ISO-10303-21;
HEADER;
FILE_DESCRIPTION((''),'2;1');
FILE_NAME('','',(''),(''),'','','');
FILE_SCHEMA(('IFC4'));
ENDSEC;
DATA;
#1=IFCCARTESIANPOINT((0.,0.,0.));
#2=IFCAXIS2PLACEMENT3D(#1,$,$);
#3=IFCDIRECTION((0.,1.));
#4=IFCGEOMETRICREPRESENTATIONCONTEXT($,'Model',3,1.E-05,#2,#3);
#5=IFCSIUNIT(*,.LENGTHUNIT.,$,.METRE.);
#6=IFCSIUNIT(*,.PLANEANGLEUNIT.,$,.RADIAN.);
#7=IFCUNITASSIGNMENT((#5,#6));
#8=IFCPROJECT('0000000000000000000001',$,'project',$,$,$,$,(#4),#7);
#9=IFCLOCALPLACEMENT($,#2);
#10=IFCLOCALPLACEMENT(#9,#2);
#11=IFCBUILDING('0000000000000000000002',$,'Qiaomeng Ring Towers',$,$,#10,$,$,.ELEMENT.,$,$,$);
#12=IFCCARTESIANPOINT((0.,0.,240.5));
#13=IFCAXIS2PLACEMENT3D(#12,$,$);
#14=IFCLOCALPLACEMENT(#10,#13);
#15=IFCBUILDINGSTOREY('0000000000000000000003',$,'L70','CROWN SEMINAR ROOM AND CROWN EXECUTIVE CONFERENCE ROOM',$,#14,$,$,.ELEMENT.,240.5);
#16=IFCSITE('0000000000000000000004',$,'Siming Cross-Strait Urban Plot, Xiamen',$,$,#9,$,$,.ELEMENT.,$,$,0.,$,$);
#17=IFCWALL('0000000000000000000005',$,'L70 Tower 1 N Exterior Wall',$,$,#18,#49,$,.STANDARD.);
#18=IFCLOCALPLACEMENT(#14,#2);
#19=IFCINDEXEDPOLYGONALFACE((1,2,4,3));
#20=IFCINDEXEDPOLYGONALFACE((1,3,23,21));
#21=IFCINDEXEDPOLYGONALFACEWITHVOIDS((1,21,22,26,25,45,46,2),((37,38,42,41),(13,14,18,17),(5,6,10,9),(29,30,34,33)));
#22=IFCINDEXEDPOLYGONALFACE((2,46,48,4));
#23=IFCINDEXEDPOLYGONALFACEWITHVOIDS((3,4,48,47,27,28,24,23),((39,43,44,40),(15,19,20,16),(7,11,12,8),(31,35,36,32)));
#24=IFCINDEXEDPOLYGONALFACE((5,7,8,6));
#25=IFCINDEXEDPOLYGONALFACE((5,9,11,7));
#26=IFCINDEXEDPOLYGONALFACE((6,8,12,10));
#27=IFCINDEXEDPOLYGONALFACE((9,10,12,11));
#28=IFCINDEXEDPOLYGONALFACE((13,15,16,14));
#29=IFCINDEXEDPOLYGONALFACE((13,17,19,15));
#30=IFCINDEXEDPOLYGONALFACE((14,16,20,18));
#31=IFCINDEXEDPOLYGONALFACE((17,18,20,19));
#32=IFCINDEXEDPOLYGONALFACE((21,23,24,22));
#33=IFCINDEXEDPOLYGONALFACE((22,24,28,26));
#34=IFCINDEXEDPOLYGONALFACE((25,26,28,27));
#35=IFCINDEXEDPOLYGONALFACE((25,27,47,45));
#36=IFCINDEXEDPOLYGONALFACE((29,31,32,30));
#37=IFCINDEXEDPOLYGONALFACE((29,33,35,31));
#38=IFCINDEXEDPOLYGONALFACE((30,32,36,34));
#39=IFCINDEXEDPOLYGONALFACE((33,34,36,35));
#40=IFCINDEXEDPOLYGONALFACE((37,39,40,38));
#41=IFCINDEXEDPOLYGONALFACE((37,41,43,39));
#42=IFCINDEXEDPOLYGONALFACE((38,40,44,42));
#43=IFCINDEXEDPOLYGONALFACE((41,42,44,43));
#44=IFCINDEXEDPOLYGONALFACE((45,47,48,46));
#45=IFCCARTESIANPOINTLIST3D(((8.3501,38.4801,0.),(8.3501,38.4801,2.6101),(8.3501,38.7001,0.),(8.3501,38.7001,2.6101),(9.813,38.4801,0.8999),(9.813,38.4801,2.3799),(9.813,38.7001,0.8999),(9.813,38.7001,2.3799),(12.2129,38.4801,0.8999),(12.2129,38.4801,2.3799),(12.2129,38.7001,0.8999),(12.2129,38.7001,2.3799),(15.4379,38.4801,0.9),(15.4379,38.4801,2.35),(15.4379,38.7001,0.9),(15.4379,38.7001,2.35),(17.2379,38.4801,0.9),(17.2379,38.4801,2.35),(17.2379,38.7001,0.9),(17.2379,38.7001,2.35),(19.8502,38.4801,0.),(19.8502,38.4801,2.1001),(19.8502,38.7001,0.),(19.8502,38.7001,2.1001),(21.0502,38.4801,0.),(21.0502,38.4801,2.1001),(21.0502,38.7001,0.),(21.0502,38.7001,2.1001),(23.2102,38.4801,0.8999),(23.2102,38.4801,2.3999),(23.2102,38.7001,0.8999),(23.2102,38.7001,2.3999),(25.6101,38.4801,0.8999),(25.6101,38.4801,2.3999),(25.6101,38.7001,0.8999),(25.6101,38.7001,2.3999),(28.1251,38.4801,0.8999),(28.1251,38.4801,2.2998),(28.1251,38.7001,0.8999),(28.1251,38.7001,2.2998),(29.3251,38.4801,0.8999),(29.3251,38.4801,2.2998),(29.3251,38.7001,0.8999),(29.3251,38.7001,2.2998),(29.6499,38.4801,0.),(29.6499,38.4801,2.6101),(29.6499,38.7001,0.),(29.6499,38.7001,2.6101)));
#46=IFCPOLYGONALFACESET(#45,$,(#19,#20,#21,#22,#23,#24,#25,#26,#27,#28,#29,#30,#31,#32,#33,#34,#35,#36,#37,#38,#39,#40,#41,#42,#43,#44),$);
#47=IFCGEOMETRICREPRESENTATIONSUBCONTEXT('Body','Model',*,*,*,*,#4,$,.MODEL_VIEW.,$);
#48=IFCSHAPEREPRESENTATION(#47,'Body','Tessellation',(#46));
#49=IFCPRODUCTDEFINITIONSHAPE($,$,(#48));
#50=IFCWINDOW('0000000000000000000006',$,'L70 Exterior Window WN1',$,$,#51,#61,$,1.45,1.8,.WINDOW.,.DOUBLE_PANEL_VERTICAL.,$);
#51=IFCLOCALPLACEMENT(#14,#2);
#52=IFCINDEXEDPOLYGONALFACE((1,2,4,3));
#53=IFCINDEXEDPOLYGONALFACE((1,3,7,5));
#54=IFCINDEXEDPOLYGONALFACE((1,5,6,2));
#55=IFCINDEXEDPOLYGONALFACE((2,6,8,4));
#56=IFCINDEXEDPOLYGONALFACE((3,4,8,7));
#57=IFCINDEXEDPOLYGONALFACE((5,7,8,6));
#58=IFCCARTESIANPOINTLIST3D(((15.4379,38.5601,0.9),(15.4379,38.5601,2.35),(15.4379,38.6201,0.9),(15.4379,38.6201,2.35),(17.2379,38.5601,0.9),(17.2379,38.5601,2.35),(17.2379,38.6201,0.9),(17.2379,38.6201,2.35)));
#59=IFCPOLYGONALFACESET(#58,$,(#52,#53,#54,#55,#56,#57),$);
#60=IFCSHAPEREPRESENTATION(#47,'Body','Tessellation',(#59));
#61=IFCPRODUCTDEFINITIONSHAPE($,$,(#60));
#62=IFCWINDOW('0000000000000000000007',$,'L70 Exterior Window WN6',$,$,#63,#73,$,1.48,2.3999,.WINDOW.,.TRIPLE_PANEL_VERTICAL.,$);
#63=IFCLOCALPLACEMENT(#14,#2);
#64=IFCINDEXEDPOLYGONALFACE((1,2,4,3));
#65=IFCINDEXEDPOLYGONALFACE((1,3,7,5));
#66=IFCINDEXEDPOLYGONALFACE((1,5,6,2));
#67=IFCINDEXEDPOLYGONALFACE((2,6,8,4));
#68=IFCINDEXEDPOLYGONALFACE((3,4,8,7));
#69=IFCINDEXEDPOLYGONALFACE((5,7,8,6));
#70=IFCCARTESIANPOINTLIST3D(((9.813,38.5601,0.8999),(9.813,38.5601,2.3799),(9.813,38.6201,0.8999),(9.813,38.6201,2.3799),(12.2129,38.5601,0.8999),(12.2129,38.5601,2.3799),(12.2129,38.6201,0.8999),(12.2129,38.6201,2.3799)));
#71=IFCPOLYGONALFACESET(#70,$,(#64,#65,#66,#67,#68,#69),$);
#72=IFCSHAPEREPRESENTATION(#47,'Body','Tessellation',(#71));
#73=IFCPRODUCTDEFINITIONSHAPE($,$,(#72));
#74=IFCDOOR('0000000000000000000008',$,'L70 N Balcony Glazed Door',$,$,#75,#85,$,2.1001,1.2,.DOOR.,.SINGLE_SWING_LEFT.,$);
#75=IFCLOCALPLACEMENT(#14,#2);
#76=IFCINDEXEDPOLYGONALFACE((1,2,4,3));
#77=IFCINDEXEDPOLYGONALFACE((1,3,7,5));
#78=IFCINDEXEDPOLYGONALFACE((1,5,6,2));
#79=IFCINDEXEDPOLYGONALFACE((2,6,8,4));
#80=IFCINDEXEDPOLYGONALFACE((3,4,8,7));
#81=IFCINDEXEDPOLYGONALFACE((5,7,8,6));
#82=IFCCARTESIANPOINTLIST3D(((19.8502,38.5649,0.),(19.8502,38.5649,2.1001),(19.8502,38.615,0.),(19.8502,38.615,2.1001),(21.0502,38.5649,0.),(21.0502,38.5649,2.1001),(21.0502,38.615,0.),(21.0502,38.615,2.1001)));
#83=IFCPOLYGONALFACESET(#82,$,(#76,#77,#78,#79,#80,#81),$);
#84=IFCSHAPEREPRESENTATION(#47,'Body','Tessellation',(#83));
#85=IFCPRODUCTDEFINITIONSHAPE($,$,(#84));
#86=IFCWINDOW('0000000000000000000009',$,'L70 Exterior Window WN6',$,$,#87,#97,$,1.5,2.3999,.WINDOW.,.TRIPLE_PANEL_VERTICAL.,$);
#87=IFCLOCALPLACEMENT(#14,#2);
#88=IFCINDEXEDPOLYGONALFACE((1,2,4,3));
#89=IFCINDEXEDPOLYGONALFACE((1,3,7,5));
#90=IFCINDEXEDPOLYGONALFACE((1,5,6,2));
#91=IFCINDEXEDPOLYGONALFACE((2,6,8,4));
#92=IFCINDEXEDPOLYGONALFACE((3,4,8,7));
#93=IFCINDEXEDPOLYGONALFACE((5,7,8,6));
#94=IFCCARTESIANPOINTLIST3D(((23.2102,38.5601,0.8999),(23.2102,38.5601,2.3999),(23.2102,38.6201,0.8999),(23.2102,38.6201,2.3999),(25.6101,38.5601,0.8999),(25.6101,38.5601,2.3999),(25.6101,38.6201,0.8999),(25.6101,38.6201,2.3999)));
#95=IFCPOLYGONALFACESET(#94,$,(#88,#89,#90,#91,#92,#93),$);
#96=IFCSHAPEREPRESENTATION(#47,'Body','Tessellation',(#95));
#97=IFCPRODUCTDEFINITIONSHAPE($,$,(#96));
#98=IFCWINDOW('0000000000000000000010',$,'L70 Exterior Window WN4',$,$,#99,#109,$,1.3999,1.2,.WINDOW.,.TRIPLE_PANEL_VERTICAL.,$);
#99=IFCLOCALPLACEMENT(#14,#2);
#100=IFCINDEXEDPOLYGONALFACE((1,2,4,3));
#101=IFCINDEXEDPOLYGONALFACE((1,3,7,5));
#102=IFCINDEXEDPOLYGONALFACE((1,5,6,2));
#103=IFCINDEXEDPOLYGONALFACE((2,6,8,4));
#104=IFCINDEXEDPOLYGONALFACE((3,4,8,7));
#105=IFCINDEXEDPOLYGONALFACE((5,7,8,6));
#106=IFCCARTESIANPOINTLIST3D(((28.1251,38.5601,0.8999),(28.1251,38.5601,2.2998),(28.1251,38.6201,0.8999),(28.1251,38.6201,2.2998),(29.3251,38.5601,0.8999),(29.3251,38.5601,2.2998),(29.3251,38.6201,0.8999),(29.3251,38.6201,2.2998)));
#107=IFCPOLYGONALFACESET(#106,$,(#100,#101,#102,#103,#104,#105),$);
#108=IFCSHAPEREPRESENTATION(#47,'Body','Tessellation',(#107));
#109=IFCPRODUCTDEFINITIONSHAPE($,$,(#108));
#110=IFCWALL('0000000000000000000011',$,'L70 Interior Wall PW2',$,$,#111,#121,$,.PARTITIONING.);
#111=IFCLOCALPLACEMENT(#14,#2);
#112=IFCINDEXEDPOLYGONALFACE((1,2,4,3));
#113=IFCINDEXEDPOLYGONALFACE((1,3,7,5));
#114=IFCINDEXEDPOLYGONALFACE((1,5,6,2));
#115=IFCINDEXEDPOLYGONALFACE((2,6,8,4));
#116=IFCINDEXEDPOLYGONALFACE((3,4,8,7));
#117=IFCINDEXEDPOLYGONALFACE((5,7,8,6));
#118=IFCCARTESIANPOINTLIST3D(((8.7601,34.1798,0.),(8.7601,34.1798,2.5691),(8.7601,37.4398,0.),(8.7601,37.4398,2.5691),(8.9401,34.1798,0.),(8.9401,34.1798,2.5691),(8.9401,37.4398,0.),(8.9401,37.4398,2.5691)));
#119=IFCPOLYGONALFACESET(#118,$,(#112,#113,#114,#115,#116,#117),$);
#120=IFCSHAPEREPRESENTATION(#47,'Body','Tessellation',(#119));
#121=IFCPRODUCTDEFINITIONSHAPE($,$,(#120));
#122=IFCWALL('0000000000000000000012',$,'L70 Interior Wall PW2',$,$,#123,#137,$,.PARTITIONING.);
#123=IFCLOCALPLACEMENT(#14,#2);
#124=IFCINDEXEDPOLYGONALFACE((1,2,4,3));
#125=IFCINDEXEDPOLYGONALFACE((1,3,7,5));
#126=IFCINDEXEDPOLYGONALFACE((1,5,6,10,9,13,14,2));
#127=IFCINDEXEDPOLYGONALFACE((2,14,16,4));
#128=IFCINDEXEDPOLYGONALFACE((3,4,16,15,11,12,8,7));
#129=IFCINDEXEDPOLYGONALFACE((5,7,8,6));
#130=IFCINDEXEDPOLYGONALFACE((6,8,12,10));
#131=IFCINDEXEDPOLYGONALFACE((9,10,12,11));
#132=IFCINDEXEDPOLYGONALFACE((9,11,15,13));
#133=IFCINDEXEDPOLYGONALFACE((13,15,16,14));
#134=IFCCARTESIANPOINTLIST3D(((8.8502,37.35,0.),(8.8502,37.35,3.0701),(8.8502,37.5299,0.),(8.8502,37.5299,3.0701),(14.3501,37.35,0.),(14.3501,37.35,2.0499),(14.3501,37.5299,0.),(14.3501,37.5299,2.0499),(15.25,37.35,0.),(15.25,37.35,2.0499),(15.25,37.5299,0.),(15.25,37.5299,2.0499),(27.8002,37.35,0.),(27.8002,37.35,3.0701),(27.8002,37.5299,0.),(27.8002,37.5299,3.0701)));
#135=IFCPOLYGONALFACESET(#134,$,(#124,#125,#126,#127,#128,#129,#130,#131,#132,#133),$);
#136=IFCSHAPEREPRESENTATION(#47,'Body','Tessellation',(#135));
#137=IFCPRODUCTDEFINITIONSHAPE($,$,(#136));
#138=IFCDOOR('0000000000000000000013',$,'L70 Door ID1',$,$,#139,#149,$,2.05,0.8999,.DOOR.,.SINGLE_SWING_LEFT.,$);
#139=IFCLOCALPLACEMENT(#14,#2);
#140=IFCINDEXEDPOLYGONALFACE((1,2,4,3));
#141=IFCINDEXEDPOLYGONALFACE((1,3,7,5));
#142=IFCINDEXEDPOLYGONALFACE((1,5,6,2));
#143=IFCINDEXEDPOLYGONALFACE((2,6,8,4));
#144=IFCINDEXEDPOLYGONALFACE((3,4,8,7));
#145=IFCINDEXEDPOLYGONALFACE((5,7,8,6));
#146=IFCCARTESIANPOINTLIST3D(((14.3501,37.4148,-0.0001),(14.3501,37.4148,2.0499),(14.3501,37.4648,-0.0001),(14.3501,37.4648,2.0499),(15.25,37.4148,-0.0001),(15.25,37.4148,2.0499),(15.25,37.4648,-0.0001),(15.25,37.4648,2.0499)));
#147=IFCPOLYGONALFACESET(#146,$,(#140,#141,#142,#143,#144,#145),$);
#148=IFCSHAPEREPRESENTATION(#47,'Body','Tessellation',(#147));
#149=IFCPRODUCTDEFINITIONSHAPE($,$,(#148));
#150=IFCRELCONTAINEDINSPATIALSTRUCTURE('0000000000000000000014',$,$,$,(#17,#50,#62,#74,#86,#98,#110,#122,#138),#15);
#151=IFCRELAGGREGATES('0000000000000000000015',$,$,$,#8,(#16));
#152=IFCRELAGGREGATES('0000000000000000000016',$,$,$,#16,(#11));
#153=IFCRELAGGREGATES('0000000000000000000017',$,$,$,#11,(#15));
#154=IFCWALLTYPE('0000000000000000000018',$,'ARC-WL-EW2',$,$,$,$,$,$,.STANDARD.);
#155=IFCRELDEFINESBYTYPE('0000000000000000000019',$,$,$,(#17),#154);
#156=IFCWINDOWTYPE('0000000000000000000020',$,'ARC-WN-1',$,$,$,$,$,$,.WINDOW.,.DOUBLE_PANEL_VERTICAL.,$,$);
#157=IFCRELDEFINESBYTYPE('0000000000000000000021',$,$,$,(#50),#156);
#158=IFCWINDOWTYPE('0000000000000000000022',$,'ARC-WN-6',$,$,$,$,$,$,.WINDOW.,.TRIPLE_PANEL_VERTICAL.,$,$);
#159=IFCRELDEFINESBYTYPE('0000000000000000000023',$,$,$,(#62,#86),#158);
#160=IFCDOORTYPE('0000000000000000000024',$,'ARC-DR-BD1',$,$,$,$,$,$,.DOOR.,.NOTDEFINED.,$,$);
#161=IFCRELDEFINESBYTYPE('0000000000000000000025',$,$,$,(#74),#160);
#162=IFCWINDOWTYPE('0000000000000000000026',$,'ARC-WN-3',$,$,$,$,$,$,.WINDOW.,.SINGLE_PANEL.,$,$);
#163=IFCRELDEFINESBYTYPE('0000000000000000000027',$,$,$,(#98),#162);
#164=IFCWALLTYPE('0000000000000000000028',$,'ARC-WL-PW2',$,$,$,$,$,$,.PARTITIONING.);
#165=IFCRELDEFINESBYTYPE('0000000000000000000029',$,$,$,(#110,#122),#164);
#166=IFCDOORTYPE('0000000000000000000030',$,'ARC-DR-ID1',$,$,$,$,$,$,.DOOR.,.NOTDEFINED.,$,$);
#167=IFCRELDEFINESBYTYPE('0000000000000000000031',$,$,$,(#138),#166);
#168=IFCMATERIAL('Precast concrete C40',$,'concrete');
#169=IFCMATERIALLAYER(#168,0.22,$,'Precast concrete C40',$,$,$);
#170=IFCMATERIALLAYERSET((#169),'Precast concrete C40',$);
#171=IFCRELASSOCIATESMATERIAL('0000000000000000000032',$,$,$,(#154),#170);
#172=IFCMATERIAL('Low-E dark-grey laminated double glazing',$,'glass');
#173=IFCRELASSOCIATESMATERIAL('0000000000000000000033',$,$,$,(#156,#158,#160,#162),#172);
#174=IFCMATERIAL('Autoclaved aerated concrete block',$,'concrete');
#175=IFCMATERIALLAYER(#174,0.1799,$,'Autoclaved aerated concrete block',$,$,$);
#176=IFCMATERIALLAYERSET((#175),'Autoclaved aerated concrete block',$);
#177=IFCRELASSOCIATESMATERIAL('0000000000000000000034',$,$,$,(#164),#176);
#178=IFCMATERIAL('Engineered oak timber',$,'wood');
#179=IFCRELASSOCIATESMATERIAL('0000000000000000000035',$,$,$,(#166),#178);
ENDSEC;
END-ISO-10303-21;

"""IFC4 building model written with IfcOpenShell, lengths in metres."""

from ifc_helpers import new_model, si_unit, direction, frame, frame_2d, origin, place, context, subcontext, project, spatial, rectangle, extrude, source, transform, mapped, material, layer, layer_set, type_object, element, fill, save


model = new_model("IFC4")

# Units and contexts
model_context = context("Model", 3, precision=1e-05, world=origin(), true_north=direction((0.0, 1.0)))
body_context = subcontext(model_context, "Body", "Model", "MODEL_VIEW")
ifc_project = project(units=[si_unit("LENGTHUNIT", "METRE"), si_unit("PLANEANGLEUNIT", "RADIAN")], contexts=[model_context])

# Site, building, storey
site_placement = place(None, origin())
site = spatial("IfcSite", under=ifc_project, at=site_placement, Name="Siming Cross-Strait Urban Plot, Xiamen", CompositionType="ELEMENT", RefElevation=0.0)
building_placement = place(site_placement, origin())
building = spatial("IfcBuilding", under=site, at=building_placement, Name="Qiaomeng Ring Towers", CompositionType="ELEMENT")
storey_placement = place(building_placement, frame((0.0, 0.0, 240.5)))
storey = spatial("IfcBuildingStorey", under=building, at=storey_placement, Name="L70", Description="CROWN SEMINAR ROOM AND CROWN EXECUTIVE CONFERENCE ROOM", CompositionType="ELEMENT", Elevation=240.5)

# Shared definitions
ifc_material_1 = material(Name="Low-E dark-grey laminated double glazing", Category="glass")

# Wall, openings, windows, door
ifc_material_2 = material(Name="Precast concrete C40", Category="concrete")
ifc_layer_1 = layer(ifc_material_2, 0.22, Name="Precast concrete C40")
ifc_layer_set_1 = layer_set([ifc_layer_1], Name="Precast concrete C40")
wall_type_1 = type_object("IfcWallType", Name="ARC-WL-EW2", PredefinedType="STANDARD", material=ifc_layer_set_1)
wall_1_placement = place(storey_placement, frame((8.3501, 38.5901, 0.0), z_axis=(0.0, 0.0, 1.0), x_axis=(1.0, 0.0, 0.0)))
wall_1 = element("IfcWall", 1, at=wall_1_placement, inside=storey, type_object=wall_type_1, Name="L70 Tower 1 N Exterior Wall", PredefinedType="STANDARD", context=body_context, shape_type="SweptSolid", body=[
    extrude(rectangle(XDim=21.2998, YDim=0.22, at=frame_2d((10.6499, 0.0))), origin(), (0.0, 0.0, 1.0), 2.6101),
])
opening_1_placement = place(wall_1_placement, frame((11.5, 0.0, 0.0)))
opening_1 = element("IfcOpeningElement", 2, at=opening_1_placement, cuts=wall_1, PredefinedType="OPENING", context=body_context, shape_type="SweptSolid", body=[
    extrude(rectangle(XDim=1.2, YDim=2.1001, at=frame_2d((0.6001, 1.05))), frame((0.0, 0.1199, 0.0), z_axis=(0.0, -1.0, 0.0), x_axis=(1.0, 0.0, 0.0)), (0.0, 0.0, 1.0), 0.24),
])
opening_2_placement = place(wall_1_placement, frame((1.4629, 0.0, 0.8999)))
opening_2 = element("IfcOpeningElement", 3, at=opening_2_placement, cuts=wall_1, PredefinedType="OPENING", context=body_context, shape_type="SweptSolid", body=[
    extrude(rectangle(XDim=2.3999, YDim=1.48, at=frame_2d((1.2, 0.74))), frame((0.0, 0.1199, 0.0), z_axis=(0.0, -1.0, 0.0), x_axis=(1.0, 0.0, 0.0)), (0.0, 0.0, 1.0), 0.24),
])
opening_3_placement = place(wall_1_placement, frame((7.0879, 0.0, 0.8999)))
opening_3 = element("IfcOpeningElement", 4, at=opening_3_placement, cuts=wall_1, PredefinedType="OPENING", context=body_context, shape_type="SweptSolid", body=[
    extrude(rectangle(XDim=1.8, YDim=1.45, at=frame_2d((0.8999, 0.7251))), frame((0.0, 0.1199, 0.0), z_axis=(0.0, -1.0, 0.0), x_axis=(1.0, 0.0, 0.0)), (0.0, 0.0, 1.0), 0.24),
])
opening_4_placement = place(wall_1_placement, frame((19.7749, 0.0, 0.8999)))
opening_4 = element("IfcOpeningElement", 5, at=opening_4_placement, cuts=wall_1, PredefinedType="OPENING", context=body_context, shape_type="SweptSolid", body=[
    extrude(rectangle(XDim=1.2, YDim=1.3999, at=frame_2d((0.6001, 0.7))), frame((0.0, 0.1199, 0.0), z_axis=(0.0, -1.0, 0.0), x_axis=(1.0, 0.0, 0.0)), (0.0, 0.0, 1.0), 0.24),
])
opening_5_placement = place(wall_1_placement, frame((14.8601, 0.0, 0.8999)))
opening_5 = element("IfcOpeningElement", 6, at=opening_5_placement, cuts=wall_1, PredefinedType="OPENING", context=body_context, shape_type="SweptSolid", body=[
    extrude(rectangle(XDim=2.3999, YDim=1.5, at=frame_2d((1.2, 0.75))), frame((0.0, 0.1199, 0.0), z_axis=(0.0, -1.0, 0.0), x_axis=(1.0, 0.0, 0.0)), (0.0, 0.0, 1.0), 0.24),
])
window_type_1 = type_object("IfcWindowType", Name="ARC-WN-1", PartitioningType="DOUBLE_PANEL_VERTICAL", PredefinedType="WINDOW", material=ifc_material_1)
shared_shape_1 = source(origin(), body_context, "Body", "SweptSolid", [
    extrude(rectangle(XDim=1.8, YDim=1.45, at=frame_2d((0.8999, 0.7251))), frame((0.0, 0.03, 0.0), z_axis=(0.0, -1.0, 0.0), x_axis=(1.0, 0.0, 0.0)), (0.0, 0.0, 1.0), 0.0601),
])
window_1_placement = place(opening_3_placement, origin())
window_1 = element("IfcWindow", 7, at=window_1_placement, inside=storey, type_object=window_type_1, Name="L70 Exterior Window WN1", OverallHeight=1.45, OverallWidth=1.8, PartitioningType="DOUBLE_PANEL_VERTICAL", PredefinedType="WINDOW", context=body_context, shape_type="MappedRepresentation", body=[
    mapped(shared_shape_1, transform((0.0, 0.0, 0.0), x_axis=(1.0, 0.0, 0.0), y_axis=(0.0, 1.0, 0.0), z_axis=(0.0, 0.0, 1.0), scale=1.0)),
])
fill(opening_3, window_1)
window_type_2 = type_object("IfcWindowType", Name="ARC-WN-6", PartitioningType="TRIPLE_PANEL_VERTICAL", PredefinedType="WINDOW", material=ifc_material_1)
shared_shape_2 = source(origin(), body_context, "Body", "SweptSolid", [
    extrude(rectangle(XDim=2.3999, YDim=1.48, at=frame_2d((1.2, 0.74))), frame((0.0, 0.03, 0.0), z_axis=(0.0, -1.0, 0.0), x_axis=(1.0, 0.0, 0.0)), (0.0, 0.0, 1.0), 0.0601),
])
window_2_placement = place(opening_2_placement, origin())
window_2 = element("IfcWindow", 8, at=window_2_placement, inside=storey, type_object=window_type_2, Name="L70 Exterior Window WN6", OverallHeight=1.48, OverallWidth=2.3999, PartitioningType="TRIPLE_PANEL_VERTICAL", PredefinedType="WINDOW", context=body_context, shape_type="MappedRepresentation", body=[
    mapped(shared_shape_2, transform((0.0, 0.0, 0.0), x_axis=(1.0, 0.0, 0.0), y_axis=(0.0, 1.0, 0.0), z_axis=(0.0, 0.0, 1.0), scale=1.0)),
])
fill(opening_2, window_2)
door_type_1 = type_object("IfcDoorType", Name="ARC-DR-BD1", OperationType="NOTDEFINED", PredefinedType="DOOR", material=ifc_material_1)
shared_shape_3 = source(origin(), body_context, "Body", "SweptSolid", [
    extrude(rectangle(XDim=1.2, YDim=2.1001, at=frame_2d((0.6001, 1.05))), frame((0.0, 0.0249, 0.0), z_axis=(0.0, -1.0, 0.0), x_axis=(1.0, 0.0, 0.0)), (0.0, 0.0, 1.0), 0.05),
])
door_1_placement = place(opening_1_placement, origin())
door_1 = element("IfcDoor", 9, at=door_1_placement, inside=storey, type_object=door_type_1, Name="L70 N Balcony Glazed Door", OperationType="SINGLE_SWING_LEFT", OverallHeight=2.1001, OverallWidth=1.2, PredefinedType="DOOR", context=body_context, shape_type="MappedRepresentation", body=[
    mapped(shared_shape_3, transform((0.0, 0.0, 0.0), x_axis=(1.0, 0.0, 0.0), y_axis=(0.0, 1.0, 0.0), z_axis=(0.0, 0.0, 1.0), scale=1.0)),
])
fill(opening_1, door_1)
shared_shape_4 = source(origin(), body_context, "Body", "SweptSolid", [
    extrude(rectangle(XDim=2.3999, YDim=1.5, at=frame_2d((1.2, 0.75))), frame((0.0, 0.03, 0.0), z_axis=(0.0, -1.0, 0.0), x_axis=(1.0, 0.0, 0.0)), (0.0, 0.0, 1.0), 0.0601),
])
window_3_placement = place(opening_5_placement, origin())
window_3 = element("IfcWindow", 10, at=window_3_placement, inside=storey, type_object=window_type_2, Name="L70 Exterior Window WN6", OverallHeight=1.5, OverallWidth=2.3999, PartitioningType="TRIPLE_PANEL_VERTICAL", PredefinedType="WINDOW", context=body_context, shape_type="MappedRepresentation", body=[
    mapped(shared_shape_4, transform((0.0, 0.0, 0.0), x_axis=(1.0, 0.0, 0.0), y_axis=(0.0, 1.0, 0.0), z_axis=(0.0, 0.0, 1.0), scale=1.0)),
])
fill(opening_5, window_3)
window_type_3 = type_object("IfcWindowType", Name="ARC-WN-3", PartitioningType="SINGLE_PANEL", PredefinedType="WINDOW", material=ifc_material_1)
shared_shape_5 = source(origin(), body_context, "Body", "SweptSolid", [
    extrude(rectangle(XDim=1.2, YDim=1.3999, at=frame_2d((0.6001, 0.7))), frame((0.0, 0.03, 0.0), z_axis=(0.0, -1.0, 0.0), x_axis=(1.0, 0.0, 0.0)), (0.0, 0.0, 1.0), 0.0601),
])
window_4_placement = place(opening_4_placement, origin())
window_4 = element("IfcWindow", 11, at=window_4_placement, inside=storey, type_object=window_type_3, Name="L70 Exterior Window WN4", OverallHeight=1.3999, OverallWidth=1.2, PartitioningType="TRIPLE_PANEL_VERTICAL", PredefinedType="WINDOW", context=body_context, shape_type="MappedRepresentation", body=[
    mapped(shared_shape_5, transform((0.0, 0.0, 0.0), x_axis=(1.0, 0.0, 0.0), y_axis=(0.0, 1.0, 0.0), z_axis=(0.0, 0.0, 1.0), scale=1.0)),
])
fill(opening_4, window_4)

# Wall
ifc_material_3 = material(Name="Autoclaved aerated concrete block", Category="concrete")
ifc_layer_2 = layer(ifc_material_3, 0.1799, Name="Autoclaved aerated concrete block")
ifc_layer_set_2 = layer_set([ifc_layer_2], Name="Autoclaved aerated concrete block")
wall_type_2 = type_object("IfcWallType", Name="ARC-WL-PW2", PredefinedType="PARTITIONING", material=ifc_layer_set_2)
wall_2_placement = place(storey_placement, frame((8.8501, 34.1799, 0.0), z_axis=(0.0, 0.0, 1.0), x_axis=(0.0, 1.0, 0.0)))
element("IfcWall", 12, at=wall_2_placement, inside=storey, type_object=wall_type_2, Name="L70 Interior Wall PW2", PredefinedType="PARTITIONING", context=body_context, shape_type="SweptSolid", body=[
    extrude(rectangle(XDim=3.26, YDim=0.1799, at=frame_2d((1.6299, 0.0))), origin(), (0.0, 0.0, 1.0), 2.5691),
])

# Wall, opening, door
wall_3_placement = place(storey_placement, frame((8.8501, 37.4399, 0.0), z_axis=(0.0, 0.0, 1.0), x_axis=(1.0, 0.0, 0.0)))
wall_3 = element("IfcWall", 13, at=wall_3_placement, inside=storey, type_object=wall_type_2, Name="L70 Interior Wall PW2", PredefinedType="PARTITIONING", context=body_context, shape_type="SweptSolid", body=[
    extrude(rectangle(XDim=18.95, YDim=0.1799, at=frame_2d((9.4751, 0.0))), origin(), (0.0, 0.0, 1.0), 3.0701),
])
opening_6_placement = place(wall_3_placement, frame((5.5, 0.0, 0.0)))
opening_6 = element("IfcOpeningElement", 14, at=opening_6_placement, cuts=wall_3, PredefinedType="OPENING", context=body_context, shape_type="SweptSolid", body=[
    extrude(rectangle(XDim=0.8999, YDim=2.05, at=frame_2d((0.45, 1.0249))), frame((0.0, 0.0999, 0.0), z_axis=(0.0, -1.0, 0.0), x_axis=(1.0, 0.0, 0.0)), (0.0, 0.0, 1.0), 0.2),
])
ifc_material_4 = material(Name="Engineered oak timber", Category="wood")
door_type_2 = type_object("IfcDoorType", Name="ARC-DR-ID1", OperationType="NOTDEFINED", PredefinedType="DOOR", material=ifc_material_4)
shared_shape_6 = source(origin(), body_context, "Body", "SweptSolid", [
    extrude(rectangle(XDim=0.8999, YDim=2.05, at=frame_2d((0.45, 1.0249))), frame((0.0, 0.0249, 0.0), z_axis=(0.0, -1.0, 0.0), x_axis=(1.0, 0.0, 0.0)), (0.0, 0.0, 1.0), 0.05),
])
door_2_placement = place(opening_6_placement, origin())
door_2 = element("IfcDoor", 15, at=door_2_placement, inside=storey, type_object=door_type_2, Name="L70 Door ID1", OperationType="SINGLE_SWING_LEFT", OverallHeight=2.05, OverallWidth=0.8999, PredefinedType="DOOR", context=body_context, shape_type="MappedRepresentation", body=[
    mapped(shared_shape_6, transform((0.0, 0.0, 0.0), x_axis=(1.0, 0.0, 0.0), y_axis=(0.0, 1.0, 0.0), z_axis=(0.0, 0.0, 1.0), scale=1.0)),
])
fill(opening_6, door_2)

save(model, "model.ifc")
